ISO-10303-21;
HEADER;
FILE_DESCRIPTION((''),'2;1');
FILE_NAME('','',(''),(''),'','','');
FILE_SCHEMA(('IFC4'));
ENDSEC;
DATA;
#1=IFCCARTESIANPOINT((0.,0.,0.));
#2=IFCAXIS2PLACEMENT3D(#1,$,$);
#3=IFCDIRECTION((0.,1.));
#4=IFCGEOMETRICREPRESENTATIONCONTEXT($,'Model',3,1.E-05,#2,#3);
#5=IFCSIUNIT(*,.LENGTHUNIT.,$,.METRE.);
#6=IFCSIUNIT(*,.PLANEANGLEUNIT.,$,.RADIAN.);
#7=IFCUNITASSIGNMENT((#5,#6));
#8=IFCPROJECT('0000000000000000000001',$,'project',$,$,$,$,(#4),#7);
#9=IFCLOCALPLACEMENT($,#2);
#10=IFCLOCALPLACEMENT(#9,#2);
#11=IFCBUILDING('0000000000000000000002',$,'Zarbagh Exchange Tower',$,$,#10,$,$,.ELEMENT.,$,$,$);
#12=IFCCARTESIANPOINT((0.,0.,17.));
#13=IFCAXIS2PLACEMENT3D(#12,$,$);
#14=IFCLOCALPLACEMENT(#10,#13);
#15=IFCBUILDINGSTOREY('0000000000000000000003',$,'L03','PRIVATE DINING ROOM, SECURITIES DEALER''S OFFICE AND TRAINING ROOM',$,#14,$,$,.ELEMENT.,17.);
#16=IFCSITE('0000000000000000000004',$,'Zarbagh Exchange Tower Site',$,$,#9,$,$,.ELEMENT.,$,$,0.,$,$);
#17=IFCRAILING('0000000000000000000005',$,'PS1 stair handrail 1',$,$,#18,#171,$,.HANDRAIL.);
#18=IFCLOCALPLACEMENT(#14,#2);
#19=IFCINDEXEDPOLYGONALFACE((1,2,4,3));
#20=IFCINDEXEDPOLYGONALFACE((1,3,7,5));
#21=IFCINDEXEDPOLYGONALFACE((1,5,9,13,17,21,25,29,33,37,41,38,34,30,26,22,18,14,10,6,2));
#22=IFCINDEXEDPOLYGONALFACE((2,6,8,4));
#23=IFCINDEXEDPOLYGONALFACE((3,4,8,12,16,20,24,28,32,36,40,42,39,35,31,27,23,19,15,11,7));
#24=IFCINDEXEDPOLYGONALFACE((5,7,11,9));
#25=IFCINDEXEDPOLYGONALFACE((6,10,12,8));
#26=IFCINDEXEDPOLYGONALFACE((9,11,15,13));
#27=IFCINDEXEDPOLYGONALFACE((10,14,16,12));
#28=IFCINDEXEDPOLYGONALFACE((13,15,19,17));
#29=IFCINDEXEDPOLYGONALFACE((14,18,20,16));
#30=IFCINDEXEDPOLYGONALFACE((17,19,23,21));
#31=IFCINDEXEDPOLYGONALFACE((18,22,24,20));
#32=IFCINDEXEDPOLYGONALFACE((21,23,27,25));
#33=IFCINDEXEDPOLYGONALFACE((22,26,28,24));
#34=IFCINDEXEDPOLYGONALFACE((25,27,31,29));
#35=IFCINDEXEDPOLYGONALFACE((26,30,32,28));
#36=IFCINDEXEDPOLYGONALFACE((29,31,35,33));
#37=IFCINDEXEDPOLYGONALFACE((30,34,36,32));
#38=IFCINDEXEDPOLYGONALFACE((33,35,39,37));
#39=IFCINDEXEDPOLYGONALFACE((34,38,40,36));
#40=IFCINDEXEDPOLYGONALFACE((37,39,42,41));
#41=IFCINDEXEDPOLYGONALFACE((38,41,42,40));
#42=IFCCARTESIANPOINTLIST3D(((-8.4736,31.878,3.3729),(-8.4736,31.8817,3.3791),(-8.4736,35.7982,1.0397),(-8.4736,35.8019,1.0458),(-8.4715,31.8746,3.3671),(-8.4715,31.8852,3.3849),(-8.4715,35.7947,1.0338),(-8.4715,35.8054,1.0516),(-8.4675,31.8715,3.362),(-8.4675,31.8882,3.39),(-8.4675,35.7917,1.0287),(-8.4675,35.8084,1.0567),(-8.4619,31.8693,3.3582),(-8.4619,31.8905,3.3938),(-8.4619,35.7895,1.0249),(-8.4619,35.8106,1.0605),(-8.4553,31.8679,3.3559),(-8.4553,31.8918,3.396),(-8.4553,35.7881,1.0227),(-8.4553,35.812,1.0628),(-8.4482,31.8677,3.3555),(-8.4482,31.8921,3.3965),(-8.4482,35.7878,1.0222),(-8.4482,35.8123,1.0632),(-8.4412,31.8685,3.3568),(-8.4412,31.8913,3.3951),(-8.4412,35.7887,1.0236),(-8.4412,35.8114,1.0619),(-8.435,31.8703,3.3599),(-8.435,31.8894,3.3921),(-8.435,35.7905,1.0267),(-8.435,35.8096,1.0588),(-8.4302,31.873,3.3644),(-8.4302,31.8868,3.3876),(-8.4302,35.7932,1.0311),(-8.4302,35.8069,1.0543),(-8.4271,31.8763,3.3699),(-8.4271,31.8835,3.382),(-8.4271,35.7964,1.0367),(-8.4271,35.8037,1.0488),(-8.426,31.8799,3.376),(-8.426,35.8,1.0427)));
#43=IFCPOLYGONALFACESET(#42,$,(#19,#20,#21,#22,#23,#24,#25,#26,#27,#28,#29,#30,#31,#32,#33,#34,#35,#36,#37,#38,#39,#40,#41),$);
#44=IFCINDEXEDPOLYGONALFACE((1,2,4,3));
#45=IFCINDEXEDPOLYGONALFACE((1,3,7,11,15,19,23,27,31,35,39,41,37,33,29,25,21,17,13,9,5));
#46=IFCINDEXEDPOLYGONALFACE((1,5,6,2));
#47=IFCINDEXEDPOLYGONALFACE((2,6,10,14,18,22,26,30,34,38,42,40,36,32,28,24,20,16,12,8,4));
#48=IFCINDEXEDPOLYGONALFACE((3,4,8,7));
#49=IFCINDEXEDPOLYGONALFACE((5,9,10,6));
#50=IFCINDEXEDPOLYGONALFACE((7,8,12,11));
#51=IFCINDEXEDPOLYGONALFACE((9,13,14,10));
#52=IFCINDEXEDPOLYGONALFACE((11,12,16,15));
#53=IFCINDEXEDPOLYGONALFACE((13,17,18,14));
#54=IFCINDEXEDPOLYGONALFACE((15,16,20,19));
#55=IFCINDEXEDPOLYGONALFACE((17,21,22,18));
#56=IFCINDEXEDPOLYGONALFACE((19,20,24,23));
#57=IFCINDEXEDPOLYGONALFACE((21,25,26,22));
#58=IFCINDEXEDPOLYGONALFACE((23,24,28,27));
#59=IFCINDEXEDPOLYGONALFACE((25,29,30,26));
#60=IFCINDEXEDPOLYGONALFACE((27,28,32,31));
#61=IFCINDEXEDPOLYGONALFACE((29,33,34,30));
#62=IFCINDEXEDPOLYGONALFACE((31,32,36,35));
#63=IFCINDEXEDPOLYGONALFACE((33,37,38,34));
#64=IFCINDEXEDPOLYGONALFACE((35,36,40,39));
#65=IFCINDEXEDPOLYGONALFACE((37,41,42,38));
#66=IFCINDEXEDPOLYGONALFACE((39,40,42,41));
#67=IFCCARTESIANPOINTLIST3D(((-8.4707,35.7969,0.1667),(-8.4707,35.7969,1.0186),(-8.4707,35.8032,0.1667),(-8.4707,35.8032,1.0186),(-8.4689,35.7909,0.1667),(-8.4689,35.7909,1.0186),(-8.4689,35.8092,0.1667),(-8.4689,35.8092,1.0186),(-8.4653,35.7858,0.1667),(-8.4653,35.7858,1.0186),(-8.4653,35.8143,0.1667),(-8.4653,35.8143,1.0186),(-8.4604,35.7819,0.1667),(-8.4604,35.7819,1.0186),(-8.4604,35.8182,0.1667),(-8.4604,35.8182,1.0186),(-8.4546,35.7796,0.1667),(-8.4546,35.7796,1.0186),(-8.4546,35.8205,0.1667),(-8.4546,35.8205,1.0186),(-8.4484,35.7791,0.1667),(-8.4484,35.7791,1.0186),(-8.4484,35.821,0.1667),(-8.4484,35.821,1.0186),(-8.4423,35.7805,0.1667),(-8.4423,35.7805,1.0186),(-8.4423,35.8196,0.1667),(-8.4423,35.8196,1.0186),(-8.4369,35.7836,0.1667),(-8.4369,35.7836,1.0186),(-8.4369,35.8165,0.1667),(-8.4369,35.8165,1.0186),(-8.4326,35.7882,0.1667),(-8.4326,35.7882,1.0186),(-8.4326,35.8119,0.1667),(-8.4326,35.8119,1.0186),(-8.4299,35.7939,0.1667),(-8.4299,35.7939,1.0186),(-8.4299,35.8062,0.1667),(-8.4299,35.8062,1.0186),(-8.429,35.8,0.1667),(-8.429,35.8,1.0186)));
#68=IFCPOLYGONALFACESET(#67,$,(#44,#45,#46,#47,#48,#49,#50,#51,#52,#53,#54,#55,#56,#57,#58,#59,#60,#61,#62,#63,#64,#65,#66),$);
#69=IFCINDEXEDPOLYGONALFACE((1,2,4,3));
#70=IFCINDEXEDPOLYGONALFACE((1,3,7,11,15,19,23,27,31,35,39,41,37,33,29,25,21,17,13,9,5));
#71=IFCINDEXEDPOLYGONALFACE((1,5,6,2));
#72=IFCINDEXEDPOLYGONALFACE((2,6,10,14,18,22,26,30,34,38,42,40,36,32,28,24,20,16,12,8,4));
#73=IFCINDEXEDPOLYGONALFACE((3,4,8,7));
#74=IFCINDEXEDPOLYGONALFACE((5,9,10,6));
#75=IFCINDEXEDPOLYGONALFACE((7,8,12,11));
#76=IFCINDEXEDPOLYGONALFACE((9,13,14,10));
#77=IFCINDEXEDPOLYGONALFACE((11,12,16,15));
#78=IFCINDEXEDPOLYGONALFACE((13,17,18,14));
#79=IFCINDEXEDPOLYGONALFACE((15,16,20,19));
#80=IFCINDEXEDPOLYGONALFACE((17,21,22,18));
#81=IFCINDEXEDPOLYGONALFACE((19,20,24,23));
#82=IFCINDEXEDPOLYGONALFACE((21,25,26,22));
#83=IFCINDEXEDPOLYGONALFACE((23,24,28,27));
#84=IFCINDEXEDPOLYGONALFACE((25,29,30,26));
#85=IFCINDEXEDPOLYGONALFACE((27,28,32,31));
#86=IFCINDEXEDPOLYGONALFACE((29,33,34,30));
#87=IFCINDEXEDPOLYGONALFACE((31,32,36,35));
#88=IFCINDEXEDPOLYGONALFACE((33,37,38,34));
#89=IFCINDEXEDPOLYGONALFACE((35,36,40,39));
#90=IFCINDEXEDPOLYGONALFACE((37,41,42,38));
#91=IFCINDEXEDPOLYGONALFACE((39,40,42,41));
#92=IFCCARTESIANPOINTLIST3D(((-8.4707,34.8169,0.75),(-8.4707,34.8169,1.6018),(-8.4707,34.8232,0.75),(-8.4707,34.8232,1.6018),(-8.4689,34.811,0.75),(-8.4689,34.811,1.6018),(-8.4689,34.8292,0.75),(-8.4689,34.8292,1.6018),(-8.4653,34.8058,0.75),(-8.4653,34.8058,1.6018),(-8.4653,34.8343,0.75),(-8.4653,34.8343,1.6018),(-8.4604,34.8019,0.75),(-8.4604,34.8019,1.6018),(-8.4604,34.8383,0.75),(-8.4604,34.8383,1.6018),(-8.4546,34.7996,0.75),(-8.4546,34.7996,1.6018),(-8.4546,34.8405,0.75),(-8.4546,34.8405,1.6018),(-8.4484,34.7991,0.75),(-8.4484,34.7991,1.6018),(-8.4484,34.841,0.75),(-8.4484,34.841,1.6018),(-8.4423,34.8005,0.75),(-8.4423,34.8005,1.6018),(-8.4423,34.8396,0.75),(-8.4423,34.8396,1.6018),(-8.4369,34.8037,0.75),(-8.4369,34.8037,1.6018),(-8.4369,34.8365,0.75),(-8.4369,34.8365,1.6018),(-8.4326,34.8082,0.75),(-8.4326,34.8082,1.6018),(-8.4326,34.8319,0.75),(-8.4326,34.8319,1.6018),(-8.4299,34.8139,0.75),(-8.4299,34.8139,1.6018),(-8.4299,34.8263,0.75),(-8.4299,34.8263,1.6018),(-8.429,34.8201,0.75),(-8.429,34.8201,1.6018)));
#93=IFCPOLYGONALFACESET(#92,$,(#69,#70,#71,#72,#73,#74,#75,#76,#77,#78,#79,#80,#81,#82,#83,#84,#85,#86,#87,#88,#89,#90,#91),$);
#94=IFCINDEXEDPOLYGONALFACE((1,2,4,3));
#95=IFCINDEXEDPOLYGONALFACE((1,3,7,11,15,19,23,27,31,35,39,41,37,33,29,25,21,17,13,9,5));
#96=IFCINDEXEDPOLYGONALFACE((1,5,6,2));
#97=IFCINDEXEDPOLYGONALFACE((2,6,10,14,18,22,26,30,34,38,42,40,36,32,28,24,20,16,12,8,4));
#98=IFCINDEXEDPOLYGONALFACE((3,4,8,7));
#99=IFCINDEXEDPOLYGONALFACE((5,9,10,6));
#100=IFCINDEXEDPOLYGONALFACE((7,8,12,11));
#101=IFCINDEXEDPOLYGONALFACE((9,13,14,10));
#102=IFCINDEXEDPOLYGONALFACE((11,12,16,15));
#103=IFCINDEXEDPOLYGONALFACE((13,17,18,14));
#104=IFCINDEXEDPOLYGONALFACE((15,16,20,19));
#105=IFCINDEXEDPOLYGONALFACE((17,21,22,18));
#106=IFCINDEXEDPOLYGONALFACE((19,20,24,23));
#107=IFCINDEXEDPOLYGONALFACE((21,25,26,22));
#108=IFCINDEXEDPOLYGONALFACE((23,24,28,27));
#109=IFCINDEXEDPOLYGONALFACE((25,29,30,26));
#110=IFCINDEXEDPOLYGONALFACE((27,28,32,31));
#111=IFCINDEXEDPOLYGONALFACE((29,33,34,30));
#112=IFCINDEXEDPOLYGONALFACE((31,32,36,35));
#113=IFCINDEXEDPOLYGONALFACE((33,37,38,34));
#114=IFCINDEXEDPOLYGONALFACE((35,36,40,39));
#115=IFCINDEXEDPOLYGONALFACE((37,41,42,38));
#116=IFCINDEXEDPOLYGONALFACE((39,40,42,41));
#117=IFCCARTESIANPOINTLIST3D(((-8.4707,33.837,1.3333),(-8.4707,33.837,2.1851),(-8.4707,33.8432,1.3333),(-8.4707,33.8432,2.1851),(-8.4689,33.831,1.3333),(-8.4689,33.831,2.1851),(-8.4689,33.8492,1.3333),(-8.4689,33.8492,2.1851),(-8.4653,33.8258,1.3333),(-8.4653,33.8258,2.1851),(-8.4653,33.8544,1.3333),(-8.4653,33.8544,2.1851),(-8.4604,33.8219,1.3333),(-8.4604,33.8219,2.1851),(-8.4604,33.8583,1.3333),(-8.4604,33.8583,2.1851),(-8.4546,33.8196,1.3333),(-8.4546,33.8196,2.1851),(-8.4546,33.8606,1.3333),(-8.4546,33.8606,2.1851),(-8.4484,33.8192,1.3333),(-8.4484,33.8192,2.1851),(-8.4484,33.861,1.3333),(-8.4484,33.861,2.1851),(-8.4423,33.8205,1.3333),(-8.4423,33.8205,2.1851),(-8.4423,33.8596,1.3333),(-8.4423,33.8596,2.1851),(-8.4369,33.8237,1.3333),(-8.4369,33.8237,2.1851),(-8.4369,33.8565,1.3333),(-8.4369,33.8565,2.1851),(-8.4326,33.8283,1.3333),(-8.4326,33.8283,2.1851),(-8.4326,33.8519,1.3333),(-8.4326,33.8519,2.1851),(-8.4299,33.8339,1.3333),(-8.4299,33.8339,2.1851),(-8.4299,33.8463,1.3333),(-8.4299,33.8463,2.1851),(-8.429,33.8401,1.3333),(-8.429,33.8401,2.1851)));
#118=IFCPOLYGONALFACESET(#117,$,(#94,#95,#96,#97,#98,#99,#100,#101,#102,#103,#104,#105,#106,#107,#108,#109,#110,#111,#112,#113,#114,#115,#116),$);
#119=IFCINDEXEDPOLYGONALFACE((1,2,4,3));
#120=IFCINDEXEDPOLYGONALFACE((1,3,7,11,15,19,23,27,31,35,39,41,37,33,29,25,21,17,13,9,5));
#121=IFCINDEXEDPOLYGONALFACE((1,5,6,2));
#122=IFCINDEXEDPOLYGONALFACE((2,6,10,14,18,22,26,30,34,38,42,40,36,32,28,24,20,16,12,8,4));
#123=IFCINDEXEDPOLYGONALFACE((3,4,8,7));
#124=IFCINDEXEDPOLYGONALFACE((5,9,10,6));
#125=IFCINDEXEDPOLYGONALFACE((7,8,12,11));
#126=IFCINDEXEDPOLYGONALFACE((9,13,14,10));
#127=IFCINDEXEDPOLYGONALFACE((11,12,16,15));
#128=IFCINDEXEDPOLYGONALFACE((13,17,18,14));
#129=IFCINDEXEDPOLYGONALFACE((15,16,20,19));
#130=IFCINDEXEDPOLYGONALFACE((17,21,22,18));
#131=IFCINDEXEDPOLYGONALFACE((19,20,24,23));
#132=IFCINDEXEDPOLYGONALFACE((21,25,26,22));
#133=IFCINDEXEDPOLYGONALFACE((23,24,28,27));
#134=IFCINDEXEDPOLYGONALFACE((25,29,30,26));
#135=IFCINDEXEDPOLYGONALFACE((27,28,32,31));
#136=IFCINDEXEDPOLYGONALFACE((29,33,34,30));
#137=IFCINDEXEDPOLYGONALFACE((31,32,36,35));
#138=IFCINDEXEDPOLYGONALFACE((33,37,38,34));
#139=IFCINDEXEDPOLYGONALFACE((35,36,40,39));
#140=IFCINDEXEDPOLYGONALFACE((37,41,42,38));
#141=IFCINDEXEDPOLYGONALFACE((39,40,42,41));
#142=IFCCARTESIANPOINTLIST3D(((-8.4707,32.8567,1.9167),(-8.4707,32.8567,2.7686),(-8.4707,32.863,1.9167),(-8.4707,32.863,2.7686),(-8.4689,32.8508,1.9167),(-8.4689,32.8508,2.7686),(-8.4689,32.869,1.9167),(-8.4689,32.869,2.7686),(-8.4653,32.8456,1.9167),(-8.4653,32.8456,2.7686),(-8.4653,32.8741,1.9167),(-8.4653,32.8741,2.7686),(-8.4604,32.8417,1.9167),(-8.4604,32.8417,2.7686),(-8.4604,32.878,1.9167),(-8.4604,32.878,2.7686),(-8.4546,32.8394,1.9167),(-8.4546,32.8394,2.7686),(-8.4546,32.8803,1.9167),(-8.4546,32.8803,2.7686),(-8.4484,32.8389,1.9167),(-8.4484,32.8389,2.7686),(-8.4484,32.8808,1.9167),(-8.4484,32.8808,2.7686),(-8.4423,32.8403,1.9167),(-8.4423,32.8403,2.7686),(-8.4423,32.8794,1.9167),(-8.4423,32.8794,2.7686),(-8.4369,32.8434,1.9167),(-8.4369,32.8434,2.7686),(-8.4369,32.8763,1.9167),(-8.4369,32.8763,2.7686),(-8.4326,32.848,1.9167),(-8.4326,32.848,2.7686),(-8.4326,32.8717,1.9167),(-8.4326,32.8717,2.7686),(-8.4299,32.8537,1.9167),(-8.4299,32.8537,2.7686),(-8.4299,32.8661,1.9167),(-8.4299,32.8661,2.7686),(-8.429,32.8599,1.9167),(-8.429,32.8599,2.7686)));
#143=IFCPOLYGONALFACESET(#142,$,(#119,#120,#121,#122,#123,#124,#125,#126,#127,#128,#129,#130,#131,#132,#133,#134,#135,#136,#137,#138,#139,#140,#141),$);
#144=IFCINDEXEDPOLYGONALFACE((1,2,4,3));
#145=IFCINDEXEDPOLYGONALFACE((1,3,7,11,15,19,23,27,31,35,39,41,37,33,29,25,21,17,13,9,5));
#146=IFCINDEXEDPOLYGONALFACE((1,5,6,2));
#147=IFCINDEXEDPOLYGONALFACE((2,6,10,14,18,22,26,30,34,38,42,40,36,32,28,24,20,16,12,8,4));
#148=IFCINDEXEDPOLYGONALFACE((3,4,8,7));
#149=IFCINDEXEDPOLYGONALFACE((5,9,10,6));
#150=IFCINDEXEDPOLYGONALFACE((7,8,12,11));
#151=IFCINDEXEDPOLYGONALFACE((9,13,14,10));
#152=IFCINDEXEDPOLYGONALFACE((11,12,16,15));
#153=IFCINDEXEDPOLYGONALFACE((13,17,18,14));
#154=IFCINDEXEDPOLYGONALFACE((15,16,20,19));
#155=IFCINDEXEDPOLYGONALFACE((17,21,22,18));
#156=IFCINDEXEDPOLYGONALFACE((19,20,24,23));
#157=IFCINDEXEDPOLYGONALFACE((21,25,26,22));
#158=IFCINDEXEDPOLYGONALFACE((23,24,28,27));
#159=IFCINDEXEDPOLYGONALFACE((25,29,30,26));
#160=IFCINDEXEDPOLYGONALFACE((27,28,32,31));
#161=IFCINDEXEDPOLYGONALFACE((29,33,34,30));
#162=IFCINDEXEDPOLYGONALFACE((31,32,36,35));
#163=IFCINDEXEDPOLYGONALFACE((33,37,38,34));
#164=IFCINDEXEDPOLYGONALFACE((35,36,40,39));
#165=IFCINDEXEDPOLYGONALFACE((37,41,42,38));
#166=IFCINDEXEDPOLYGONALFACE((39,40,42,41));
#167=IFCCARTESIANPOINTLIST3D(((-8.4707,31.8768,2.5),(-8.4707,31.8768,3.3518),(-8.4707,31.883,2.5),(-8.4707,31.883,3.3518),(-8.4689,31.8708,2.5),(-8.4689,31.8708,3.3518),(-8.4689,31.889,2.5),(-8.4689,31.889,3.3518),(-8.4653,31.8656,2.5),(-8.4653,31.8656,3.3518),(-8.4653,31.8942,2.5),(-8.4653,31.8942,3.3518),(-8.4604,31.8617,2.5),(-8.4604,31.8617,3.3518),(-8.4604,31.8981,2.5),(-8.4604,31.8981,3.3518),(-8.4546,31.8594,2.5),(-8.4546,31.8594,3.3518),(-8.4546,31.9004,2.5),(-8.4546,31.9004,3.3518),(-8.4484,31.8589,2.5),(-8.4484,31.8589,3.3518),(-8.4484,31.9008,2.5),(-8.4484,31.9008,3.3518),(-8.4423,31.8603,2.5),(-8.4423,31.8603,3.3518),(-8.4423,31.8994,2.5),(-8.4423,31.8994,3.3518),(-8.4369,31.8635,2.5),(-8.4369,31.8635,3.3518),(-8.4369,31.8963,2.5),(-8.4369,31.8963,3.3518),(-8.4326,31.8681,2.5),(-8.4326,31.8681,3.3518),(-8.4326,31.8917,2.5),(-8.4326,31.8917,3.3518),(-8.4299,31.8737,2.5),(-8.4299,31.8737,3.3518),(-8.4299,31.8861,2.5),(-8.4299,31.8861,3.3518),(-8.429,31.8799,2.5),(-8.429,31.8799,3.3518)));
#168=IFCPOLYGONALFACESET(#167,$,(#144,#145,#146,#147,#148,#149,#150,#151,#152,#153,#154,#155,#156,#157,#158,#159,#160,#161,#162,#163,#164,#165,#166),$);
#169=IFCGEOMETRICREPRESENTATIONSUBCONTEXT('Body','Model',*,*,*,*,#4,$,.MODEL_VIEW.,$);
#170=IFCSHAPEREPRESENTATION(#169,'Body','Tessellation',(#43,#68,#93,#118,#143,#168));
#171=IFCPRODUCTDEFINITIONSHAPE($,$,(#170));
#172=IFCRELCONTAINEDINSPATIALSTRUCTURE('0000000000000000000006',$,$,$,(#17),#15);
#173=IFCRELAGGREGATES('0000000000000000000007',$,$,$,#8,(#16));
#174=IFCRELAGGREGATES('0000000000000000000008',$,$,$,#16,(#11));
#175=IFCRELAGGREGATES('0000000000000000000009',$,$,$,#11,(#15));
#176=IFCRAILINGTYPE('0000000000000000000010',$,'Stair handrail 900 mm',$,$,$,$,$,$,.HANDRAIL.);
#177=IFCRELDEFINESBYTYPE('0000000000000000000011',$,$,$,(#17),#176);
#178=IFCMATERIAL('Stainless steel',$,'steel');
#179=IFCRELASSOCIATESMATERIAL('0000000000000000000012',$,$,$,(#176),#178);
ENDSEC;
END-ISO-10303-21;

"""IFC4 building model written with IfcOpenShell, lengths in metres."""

from ifc_helpers import new_model, si_unit, direction, frame, origin, origin_2d, place, context, subcontext, project, spatial, circle, extrude, material, type_object, element, save


model = new_model("IFC4")

# Units and contexts
model_context = context("Model", 3, precision=1e-05, world=origin(), true_north=direction((0.0, 1.0)))
body_context = subcontext(model_context, "Body", "Model", "MODEL_VIEW")
ifc_project = project(units=[si_unit("LENGTHUNIT", "METRE"), si_unit("PLANEANGLEUNIT", "RADIAN")], contexts=[model_context])

# Site, building, storey
site_placement = place(None, origin())
site = spatial("IfcSite", under=ifc_project, at=site_placement, Name="Zarbagh Exchange Tower Site", CompositionType="ELEMENT", RefElevation=0.0)
building_placement = place(site_placement, origin())
building = spatial("IfcBuilding", under=site, at=building_placement, Name="Zarbagh Exchange Tower", CompositionType="ELEMENT")
storey_placement = place(building_placement, frame((0.0, 0.0, 17.0)))
storey = spatial("IfcBuildingStorey", under=building, at=storey_placement, Name="L03", Description="PRIVATE DINING ROOM, SECURITIES DEALER'S OFFICE AND TRAINING ROOM", CompositionType="ELEMENT", Elevation=17.0)

# Railing
ifc_material_1 = material(Name="Stainless steel", Category="steel")
railing_type_1 = type_object("IfcRailingType", Name="Stair handrail 900 mm", PredefinedType="HANDRAIL", material=ifc_material_1)
railing_1_placement = place(storey_placement, frame((-8.45, 35.8, 0.1667)))
element("IfcRailing", 1, at=railing_1_placement, inside=storey, type_object=railing_type_1, Name="PS1 stair handrail 1", PredefinedType="HANDRAIL", context=body_context, shape_type="SweptSolid", body=[
    extrude(circle(Radius=0.0239, at=origin_2d()), frame((0.0, 0.0, 0.876), z_axis=(0.0, -0.85931, 0.511455), x_axis=(1.0, 0.0, 0.0)), (0.0, 0.0, 1.0), 4.562),
    extrude(circle(Radius=0.021, at=origin_2d()), origin(), (0.0, 0.0, 1.0), 0.8518),
    extrude(circle(Radius=0.021, at=origin_2d()), frame((0.0, -0.98, 0.5833)), (0.0, 0.0, 1.0), 0.8518),
    extrude(circle(Radius=0.021, at=origin_2d()), frame((0.0, -1.96, 1.1665)), (0.0, 0.0, 1.0), 0.8518),
    extrude(circle(Radius=0.021, at=origin_2d()), frame((0.0, -2.9402, 1.75)), (0.0, 0.0, 1.0), 0.8518),
    extrude(circle(Radius=0.021, at=origin_2d()), frame((0.0, -3.9202, 2.3333)), (0.0, 0.0, 1.0), 0.8518),
])

save(model, "model.ifc")
